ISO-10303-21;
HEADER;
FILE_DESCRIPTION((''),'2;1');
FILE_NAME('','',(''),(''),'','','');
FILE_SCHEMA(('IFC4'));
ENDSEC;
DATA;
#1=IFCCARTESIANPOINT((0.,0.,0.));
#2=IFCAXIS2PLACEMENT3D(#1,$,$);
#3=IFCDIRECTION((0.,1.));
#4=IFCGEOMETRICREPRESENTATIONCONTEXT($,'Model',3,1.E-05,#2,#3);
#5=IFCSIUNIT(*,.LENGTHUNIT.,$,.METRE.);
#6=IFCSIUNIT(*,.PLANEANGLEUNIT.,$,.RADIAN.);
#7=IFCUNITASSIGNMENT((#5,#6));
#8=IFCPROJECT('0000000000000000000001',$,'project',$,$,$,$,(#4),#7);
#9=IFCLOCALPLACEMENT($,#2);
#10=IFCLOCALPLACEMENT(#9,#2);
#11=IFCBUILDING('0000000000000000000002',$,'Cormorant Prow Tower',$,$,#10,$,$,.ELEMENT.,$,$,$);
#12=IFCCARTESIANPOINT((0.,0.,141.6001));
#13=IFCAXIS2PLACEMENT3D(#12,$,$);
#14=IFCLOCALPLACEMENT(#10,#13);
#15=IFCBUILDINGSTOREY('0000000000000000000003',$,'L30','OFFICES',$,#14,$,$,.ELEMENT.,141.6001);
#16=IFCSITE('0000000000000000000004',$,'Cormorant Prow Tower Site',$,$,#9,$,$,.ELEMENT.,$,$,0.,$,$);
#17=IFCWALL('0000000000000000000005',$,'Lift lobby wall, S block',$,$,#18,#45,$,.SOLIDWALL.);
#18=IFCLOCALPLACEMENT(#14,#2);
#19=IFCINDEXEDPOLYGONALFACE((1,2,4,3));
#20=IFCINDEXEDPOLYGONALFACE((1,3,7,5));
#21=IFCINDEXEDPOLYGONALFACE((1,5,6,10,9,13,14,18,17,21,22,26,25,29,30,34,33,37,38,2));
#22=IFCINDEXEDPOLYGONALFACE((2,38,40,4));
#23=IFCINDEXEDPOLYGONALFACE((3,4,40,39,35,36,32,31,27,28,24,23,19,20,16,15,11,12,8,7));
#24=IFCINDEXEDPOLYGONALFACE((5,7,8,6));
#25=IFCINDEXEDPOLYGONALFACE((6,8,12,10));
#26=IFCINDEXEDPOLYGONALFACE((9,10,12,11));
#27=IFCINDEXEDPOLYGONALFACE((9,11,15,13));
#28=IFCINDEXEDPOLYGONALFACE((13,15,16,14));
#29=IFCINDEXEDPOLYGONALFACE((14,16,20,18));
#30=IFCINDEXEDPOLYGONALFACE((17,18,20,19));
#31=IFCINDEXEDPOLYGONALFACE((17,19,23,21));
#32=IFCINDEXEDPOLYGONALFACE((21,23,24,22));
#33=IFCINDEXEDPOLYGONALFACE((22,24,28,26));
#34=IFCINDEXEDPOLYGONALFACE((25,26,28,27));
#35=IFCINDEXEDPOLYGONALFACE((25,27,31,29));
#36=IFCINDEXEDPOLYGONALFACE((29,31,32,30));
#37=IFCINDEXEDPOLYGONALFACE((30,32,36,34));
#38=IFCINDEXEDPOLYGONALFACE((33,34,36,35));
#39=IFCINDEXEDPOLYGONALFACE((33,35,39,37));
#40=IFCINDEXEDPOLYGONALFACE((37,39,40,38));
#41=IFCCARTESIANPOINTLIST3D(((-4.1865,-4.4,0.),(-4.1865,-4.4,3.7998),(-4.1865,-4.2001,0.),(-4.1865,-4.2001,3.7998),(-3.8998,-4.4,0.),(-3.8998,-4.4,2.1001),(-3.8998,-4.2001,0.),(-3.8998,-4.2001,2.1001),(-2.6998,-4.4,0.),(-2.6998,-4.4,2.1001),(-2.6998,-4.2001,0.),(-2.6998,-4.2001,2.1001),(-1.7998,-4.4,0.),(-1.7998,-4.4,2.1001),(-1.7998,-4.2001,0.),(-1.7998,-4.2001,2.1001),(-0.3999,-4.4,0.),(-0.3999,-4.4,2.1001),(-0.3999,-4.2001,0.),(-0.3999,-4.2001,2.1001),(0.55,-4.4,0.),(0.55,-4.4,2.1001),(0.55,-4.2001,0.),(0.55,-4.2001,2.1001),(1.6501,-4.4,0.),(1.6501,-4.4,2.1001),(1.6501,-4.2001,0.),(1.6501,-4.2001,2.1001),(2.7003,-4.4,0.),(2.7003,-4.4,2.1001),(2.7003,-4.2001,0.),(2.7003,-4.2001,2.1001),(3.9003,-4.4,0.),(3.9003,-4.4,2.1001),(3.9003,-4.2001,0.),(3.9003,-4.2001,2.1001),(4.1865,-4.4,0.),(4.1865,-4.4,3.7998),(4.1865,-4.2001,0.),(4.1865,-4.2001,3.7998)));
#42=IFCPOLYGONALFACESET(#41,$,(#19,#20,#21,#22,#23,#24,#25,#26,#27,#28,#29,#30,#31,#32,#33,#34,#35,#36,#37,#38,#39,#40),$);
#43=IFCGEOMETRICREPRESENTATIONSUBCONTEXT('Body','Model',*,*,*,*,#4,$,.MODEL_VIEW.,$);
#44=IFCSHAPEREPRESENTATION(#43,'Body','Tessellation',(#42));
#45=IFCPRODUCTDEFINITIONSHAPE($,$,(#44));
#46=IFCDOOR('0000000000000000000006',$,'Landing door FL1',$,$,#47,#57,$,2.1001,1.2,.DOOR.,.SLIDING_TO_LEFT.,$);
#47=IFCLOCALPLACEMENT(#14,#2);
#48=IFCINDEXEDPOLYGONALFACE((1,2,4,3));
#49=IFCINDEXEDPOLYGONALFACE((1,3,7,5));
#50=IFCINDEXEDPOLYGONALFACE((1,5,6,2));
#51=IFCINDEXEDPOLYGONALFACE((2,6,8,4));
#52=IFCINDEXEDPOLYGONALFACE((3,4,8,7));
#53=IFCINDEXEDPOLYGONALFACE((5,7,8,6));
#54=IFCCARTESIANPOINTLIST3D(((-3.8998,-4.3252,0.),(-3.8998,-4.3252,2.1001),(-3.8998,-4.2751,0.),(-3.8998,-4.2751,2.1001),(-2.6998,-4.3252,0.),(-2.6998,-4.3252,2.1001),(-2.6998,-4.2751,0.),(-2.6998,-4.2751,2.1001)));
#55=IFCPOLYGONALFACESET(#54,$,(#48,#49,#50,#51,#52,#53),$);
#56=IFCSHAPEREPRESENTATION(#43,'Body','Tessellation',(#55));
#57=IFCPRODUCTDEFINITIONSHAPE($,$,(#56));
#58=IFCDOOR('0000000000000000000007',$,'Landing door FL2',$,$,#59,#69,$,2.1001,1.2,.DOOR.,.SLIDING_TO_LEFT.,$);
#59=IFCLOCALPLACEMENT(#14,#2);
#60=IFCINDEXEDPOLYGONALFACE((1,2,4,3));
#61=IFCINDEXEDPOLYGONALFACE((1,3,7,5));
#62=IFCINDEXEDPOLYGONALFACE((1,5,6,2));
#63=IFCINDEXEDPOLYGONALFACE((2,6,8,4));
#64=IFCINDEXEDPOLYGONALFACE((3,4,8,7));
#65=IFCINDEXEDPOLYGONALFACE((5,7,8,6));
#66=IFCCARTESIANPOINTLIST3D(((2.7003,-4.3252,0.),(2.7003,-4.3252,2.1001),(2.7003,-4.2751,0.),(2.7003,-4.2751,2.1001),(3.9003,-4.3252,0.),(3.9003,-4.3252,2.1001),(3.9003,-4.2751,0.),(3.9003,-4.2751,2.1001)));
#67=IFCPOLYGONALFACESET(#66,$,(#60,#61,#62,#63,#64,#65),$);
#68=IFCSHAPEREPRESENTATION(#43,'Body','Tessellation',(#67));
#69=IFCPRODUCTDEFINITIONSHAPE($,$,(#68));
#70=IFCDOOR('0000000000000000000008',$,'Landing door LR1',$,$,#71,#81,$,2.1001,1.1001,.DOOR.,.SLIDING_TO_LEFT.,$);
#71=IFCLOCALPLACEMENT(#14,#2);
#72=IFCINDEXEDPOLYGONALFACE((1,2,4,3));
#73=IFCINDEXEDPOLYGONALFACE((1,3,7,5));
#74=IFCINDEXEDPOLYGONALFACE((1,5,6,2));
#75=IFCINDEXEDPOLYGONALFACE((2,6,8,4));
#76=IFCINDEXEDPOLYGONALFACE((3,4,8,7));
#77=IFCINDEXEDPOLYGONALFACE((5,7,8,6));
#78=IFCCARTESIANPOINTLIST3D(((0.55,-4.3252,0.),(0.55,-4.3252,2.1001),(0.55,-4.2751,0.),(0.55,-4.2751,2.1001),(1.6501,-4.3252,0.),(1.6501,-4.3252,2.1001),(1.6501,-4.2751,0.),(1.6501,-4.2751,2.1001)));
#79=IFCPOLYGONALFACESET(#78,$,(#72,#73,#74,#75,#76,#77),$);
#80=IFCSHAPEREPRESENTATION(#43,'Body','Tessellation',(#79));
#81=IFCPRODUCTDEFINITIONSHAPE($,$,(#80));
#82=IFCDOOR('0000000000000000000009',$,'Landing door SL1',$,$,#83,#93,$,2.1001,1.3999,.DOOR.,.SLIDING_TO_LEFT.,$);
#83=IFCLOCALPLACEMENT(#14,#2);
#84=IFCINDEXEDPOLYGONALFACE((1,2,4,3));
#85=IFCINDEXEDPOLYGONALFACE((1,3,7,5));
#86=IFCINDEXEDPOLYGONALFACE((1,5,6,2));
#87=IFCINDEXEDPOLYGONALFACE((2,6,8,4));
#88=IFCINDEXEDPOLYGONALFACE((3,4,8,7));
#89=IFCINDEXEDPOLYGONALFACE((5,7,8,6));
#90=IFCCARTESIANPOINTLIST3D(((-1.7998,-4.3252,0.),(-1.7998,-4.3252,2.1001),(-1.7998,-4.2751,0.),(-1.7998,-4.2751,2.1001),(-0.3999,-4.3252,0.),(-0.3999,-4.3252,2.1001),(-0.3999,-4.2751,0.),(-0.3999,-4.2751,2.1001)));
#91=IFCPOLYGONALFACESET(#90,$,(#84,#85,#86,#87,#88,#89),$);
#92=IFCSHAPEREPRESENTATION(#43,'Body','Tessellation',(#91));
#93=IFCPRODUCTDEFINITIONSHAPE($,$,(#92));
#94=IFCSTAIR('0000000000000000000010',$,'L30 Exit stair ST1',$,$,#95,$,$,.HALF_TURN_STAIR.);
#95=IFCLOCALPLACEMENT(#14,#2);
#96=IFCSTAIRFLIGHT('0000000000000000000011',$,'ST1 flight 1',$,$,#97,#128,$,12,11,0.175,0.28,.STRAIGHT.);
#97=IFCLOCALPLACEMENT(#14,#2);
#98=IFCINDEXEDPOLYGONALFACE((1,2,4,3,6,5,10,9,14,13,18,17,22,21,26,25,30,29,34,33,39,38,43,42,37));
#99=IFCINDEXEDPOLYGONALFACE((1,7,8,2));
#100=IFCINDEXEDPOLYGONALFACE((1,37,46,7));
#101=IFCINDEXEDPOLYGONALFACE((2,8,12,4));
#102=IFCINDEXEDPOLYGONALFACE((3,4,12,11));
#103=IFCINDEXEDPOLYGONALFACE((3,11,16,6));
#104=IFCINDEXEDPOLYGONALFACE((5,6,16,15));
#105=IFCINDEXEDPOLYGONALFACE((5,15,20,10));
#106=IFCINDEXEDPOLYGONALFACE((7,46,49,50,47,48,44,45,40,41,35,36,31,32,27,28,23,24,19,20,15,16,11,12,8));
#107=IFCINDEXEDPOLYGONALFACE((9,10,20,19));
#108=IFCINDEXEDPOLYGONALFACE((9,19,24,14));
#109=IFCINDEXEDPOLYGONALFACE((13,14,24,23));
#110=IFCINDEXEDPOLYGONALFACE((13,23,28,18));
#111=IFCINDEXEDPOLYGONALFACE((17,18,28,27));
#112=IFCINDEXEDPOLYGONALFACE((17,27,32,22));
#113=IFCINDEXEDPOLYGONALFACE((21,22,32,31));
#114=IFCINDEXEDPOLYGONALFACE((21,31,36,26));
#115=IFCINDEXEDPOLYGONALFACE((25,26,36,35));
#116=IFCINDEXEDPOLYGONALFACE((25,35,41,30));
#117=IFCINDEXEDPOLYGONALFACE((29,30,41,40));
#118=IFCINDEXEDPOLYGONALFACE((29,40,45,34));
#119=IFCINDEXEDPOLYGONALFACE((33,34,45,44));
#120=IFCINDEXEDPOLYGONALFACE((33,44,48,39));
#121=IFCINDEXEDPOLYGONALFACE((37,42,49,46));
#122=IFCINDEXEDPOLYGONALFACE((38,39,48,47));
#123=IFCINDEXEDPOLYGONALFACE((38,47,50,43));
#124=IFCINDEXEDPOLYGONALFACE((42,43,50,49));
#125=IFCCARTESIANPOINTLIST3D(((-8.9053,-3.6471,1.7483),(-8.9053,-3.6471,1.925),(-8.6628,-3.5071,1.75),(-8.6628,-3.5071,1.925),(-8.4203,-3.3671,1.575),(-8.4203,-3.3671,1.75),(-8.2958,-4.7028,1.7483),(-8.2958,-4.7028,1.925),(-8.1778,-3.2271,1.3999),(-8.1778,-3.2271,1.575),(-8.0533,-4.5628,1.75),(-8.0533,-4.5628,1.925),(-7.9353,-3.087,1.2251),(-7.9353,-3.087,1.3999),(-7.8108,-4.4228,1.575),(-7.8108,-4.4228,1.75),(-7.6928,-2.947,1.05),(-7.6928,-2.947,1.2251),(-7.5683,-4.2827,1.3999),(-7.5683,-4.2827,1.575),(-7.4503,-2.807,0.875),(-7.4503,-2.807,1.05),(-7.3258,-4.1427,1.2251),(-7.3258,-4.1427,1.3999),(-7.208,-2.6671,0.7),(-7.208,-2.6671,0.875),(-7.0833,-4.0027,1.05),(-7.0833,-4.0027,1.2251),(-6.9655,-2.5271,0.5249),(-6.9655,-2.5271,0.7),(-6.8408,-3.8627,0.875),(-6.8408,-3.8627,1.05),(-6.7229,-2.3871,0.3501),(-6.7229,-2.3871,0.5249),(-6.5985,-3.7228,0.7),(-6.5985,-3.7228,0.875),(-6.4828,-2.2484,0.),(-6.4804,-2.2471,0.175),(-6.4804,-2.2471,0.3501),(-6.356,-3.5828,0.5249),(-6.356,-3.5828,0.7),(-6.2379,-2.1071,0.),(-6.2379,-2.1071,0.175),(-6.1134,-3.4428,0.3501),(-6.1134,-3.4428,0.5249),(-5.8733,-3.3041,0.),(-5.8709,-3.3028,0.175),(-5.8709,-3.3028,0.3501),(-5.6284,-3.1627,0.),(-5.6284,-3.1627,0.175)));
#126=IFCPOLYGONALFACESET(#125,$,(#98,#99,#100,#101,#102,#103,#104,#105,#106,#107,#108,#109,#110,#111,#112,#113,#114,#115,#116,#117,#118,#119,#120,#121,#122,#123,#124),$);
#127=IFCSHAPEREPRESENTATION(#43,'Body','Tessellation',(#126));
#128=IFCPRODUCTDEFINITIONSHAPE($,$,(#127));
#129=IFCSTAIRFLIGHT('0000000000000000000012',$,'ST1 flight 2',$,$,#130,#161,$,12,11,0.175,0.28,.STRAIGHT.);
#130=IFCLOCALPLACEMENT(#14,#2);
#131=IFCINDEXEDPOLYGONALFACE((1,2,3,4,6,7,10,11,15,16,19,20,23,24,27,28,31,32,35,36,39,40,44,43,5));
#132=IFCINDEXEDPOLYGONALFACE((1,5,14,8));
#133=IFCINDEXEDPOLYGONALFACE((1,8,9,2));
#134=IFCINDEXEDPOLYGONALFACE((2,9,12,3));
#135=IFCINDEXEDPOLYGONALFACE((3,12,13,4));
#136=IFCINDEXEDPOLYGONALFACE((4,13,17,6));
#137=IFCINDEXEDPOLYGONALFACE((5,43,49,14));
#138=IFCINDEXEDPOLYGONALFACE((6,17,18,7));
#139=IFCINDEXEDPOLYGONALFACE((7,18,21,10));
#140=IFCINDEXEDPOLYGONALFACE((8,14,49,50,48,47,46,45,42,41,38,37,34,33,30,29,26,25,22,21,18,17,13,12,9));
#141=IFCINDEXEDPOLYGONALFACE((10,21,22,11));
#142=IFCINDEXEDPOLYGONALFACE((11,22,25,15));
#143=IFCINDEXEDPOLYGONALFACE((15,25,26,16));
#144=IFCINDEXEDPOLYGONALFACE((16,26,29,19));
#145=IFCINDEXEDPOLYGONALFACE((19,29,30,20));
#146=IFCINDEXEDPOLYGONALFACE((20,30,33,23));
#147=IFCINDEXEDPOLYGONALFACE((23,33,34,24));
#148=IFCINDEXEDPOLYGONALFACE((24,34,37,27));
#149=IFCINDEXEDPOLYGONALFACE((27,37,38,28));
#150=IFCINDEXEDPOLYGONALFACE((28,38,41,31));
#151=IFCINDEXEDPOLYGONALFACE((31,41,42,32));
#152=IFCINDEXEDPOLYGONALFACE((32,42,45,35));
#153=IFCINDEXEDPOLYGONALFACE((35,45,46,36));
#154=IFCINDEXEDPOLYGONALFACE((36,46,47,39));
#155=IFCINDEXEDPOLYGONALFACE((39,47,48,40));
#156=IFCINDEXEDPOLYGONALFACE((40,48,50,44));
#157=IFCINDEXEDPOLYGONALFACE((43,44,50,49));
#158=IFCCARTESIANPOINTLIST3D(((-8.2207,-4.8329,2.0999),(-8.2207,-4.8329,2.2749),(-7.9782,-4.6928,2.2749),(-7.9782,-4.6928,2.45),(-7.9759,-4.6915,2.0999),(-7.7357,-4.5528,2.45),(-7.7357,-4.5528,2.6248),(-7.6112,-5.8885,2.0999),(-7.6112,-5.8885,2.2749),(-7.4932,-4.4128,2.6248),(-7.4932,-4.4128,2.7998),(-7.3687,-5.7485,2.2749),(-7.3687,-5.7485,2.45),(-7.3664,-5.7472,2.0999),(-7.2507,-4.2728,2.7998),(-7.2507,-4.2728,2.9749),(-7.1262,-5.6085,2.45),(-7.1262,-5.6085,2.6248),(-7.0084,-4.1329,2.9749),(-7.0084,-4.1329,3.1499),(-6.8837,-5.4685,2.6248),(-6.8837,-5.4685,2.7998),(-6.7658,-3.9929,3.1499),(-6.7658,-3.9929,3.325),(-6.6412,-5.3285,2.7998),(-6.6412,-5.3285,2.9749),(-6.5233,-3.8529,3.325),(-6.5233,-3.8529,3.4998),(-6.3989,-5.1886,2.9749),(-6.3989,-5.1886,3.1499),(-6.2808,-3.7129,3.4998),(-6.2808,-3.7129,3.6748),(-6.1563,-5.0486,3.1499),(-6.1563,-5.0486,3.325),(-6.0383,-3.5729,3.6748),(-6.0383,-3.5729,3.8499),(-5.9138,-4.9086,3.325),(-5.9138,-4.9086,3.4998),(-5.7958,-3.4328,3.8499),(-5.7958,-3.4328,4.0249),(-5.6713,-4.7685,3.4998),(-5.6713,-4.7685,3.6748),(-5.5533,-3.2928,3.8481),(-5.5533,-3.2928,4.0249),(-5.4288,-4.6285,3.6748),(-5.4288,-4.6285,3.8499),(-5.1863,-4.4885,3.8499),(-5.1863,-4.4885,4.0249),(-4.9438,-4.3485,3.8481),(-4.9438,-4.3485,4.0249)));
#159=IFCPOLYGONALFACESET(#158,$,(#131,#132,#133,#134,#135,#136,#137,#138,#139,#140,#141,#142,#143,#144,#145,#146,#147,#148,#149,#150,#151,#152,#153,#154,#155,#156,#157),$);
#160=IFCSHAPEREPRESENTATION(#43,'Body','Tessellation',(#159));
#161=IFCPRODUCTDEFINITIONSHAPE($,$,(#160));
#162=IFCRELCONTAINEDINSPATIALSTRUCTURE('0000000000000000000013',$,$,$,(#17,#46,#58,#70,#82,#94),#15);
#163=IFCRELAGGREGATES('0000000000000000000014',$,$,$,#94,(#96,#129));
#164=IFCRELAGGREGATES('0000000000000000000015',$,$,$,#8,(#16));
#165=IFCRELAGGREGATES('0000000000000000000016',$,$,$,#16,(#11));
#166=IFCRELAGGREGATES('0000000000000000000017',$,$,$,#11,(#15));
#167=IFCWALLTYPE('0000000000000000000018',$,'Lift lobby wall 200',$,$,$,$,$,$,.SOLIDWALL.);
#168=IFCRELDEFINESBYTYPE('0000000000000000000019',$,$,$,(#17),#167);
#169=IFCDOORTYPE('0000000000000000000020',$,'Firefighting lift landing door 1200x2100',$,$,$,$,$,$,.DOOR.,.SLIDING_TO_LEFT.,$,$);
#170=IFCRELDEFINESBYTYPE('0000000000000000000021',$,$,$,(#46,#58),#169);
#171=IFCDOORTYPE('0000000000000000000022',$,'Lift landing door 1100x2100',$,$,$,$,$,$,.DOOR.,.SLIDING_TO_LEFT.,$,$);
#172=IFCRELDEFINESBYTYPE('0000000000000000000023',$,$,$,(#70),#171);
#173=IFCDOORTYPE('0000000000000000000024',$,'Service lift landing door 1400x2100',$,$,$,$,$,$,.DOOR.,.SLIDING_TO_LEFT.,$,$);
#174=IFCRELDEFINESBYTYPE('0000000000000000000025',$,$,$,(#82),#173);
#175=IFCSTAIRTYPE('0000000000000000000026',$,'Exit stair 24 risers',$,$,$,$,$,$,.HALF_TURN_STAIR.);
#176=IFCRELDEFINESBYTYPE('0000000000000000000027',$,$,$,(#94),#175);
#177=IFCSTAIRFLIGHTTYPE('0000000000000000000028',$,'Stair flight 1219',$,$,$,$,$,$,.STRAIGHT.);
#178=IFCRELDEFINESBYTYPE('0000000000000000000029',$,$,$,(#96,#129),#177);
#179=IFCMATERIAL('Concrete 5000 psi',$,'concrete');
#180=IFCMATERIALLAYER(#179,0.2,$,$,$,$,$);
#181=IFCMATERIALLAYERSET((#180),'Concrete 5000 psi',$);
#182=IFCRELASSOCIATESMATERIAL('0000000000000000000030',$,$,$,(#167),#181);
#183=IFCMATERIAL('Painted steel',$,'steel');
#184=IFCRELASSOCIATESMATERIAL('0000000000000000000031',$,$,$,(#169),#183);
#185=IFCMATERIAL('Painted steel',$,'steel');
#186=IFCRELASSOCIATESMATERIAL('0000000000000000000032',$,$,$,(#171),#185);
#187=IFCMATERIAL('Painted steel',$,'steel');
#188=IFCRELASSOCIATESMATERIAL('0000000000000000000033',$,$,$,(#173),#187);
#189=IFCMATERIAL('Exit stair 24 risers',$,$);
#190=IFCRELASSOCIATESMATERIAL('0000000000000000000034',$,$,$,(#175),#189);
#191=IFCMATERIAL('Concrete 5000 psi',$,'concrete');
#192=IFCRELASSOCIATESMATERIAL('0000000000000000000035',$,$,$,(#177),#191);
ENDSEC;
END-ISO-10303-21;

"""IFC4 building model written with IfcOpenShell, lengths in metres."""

from ifc_helpers import new_model, si_unit, direction, frame, frame_2d, origin, place, context, subcontext, project, spatial, polyline, rectangle, outline, extrude, material, layer, layer_set, type_object, element, fill, aggregate, save


model = new_model("IFC4")

# Units and contexts
model_context = context("Model", 3, precision=1e-05, world=origin(), true_north=direction((0.0, 1.0)))
body_context = subcontext(model_context, "Body", "Model", "MODEL_VIEW")
ifc_project = project(units=[si_unit("LENGTHUNIT", "METRE"), si_unit("PLANEANGLEUNIT", "RADIAN")], contexts=[model_context])

# Site, building, storey
site_placement = place(None, origin())
site = spatial("IfcSite", under=ifc_project, at=site_placement, Name="Cormorant Prow Tower Site", CompositionType="ELEMENT", RefElevation=0.0)
building_placement = place(site_placement, origin())
building = spatial("IfcBuilding", under=site, at=building_placement, Name="Cormorant Prow Tower", CompositionType="ELEMENT")
storey_placement = place(building_placement, frame((0.0, 0.0, 141.6001)))
storey = spatial("IfcBuildingStorey", under=building, at=storey_placement, Name="L30", Description="OFFICES", CompositionType="ELEMENT", Elevation=141.6001)

# Wall, openings, doors
ifc_material_1 = material(Name="Concrete 5000 psi", Category="concrete")
ifc_layer_1 = layer(ifc_material_1, 0.2)
ifc_layer_set_1 = layer_set([ifc_layer_1], Name="Concrete 5000 psi")
wall_type_1 = type_object("IfcWallType", Name="Lift lobby wall 200", PredefinedType="SOLIDWALL", material=ifc_layer_set_1)
wall_1_placement = place(storey_placement, frame((-4.1865, -4.3, 0.0), z_axis=(0.0, 0.0, 1.0), x_axis=(1.0, 0.0, 0.0)))
wall_1 = element("IfcWall", 1, at=wall_1_placement, inside=storey, type_object=wall_type_1, Name="Lift lobby wall, S block", PredefinedType="SOLIDWALL", context=body_context, shape_type="SweptSolid", body=[
    extrude(rectangle(XDim=8.373, YDim=0.2, at=frame_2d((4.1865, 0.0))), origin(), (0.0, 0.0, 1.0), 3.7998),
])
opening_1_placement = place(wall_1_placement, frame((0.2866, 0.0, 0.0)))
opening_1 = element("IfcOpeningElement", 2, at=opening_1_placement, cuts=wall_1, PredefinedType="OPENING", context=body_context, shape_type="SweptSolid", body=[
    extrude(rectangle(XDim=1.2, YDim=2.1001, at=frame_2d((0.6001, 1.05))), frame((0.0, 0.1099, 0.0), z_axis=(0.0, -1.0, 0.0), x_axis=(1.0, 0.0, 0.0)), (0.0, 0.0, 1.0), 0.22),
])
opening_2_placement = place(wall_1_placement, frame((2.3867, 0.0, 0.0)))
opening_2 = element("IfcOpeningElement", 3, at=opening_2_placement, cuts=wall_1, PredefinedType="OPENING", context=body_context, shape_type="SweptSolid", body=[
    extrude(rectangle(XDim=1.3999, YDim=2.1001, at=frame_2d((0.7, 1.05))), frame((0.0, 0.1099, 0.0), z_axis=(0.0, -1.0, 0.0), x_axis=(1.0, 0.0, 0.0)), (0.0, 0.0, 1.0), 0.22),
])
opening_3_placement = place(wall_1_placement, frame((4.7366, 0.0, 0.0)))
opening_3 = element("IfcOpeningElement", 4, at=opening_3_placement, cuts=wall_1, PredefinedType="OPENING", context=body_context, shape_type="SweptSolid", body=[
    extrude(rectangle(XDim=1.1001, YDim=2.1001, at=frame_2d((0.55, 1.05))), frame((0.0, 0.1099, 0.0), z_axis=(0.0, -1.0, 0.0), x_axis=(1.0, 0.0, 0.0)), (0.0, 0.0, 1.0), 0.22),
])
opening_4_placement = place(wall_1_placement, frame((6.8867, 0.0, 0.0)))
opening_4 = element("IfcOpeningElement", 5, at=opening_4_placement, cuts=wall_1, PredefinedType="OPENING", context=body_context, shape_type="SweptSolid", body=[
    extrude(rectangle(XDim=1.2, YDim=2.1001, at=frame_2d((0.6001, 1.05))), frame((0.0, 0.1099, 0.0), z_axis=(0.0, -1.0, 0.0), x_axis=(1.0, 0.0, 0.0)), (0.0, 0.0, 1.0), 0.22),
])
ifc_material_2 = material(Name="Painted steel", Category="steel")
door_type_1 = type_object("IfcDoorType", Name="Firefighting lift landing door 1200x2100", OperationType="SLIDING_TO_LEFT", PredefinedType="DOOR", material=ifc_material_2)
door_1_placement = place(opening_1_placement, origin())
door_1 = element("IfcDoor", 6, at=door_1_placement, inside=storey, type_object=door_type_1, Name="Landing door FL1", OperationType="SLIDING_TO_LEFT", OverallHeight=2.1001, OverallWidth=1.2, PredefinedType="DOOR", context=body_context, shape_type="SweptSolid", body=[
    extrude(rectangle(XDim=1.2, YDim=2.1001, at=frame_2d((0.6001, 1.05))), frame((0.0, 0.0249, 0.0), z_axis=(0.0, -1.0, 0.0), x_axis=(1.0, 0.0, 0.0)), (0.0, 0.0, 1.0), 0.05),
])
fill(opening_1, door_1)
door_2_placement = place(opening_4_placement, origin())
door_2 = element("IfcDoor", 7, at=door_2_placement, inside=storey, type_object=door_type_1, Name="Landing door FL2", OperationType="SLIDING_TO_LEFT", OverallHeight=2.1001, OverallWidth=1.2, PredefinedType="DOOR", context=body_context, shape_type="SweptSolid", body=[
    extrude(rectangle(XDim=1.2, YDim=2.1001, at=frame_2d((0.6001, 1.05))), frame((0.0, 0.0249, 0.0), z_axis=(0.0, -1.0, 0.0), x_axis=(1.0, 0.0, 0.0)), (0.0, 0.0, 1.0), 0.05),
])
fill(opening_4, door_2)
ifc_material_3 = material(Name="Painted steel", Category="steel")
door_type_2 = type_object("IfcDoorType", Name="Lift landing door 1100x2100", OperationType="SLIDING_TO_LEFT", PredefinedType="DOOR", material=ifc_material_3)
door_3_placement = place(opening_3_placement, origin())
door_3 = element("IfcDoor", 8, at=door_3_placement, inside=storey, type_object=door_type_2, Name="Landing door LR1", OperationType="SLIDING_TO_LEFT", OverallHeight=2.1001, OverallWidth=1.1001, PredefinedType="DOOR", context=body_context, shape_type="SweptSolid", body=[
    extrude(rectangle(XDim=1.1001, YDim=2.1001, at=frame_2d((0.55, 1.05))), frame((0.0, 0.0249, 0.0), z_axis=(0.0, -1.0, 0.0), x_axis=(1.0, 0.0, 0.0)), (0.0, 0.0, 1.0), 0.05),
])
fill(opening_3, door_3)
ifc_material_4 = material(Name="Painted steel", Category="steel")
door_type_3 = type_object("IfcDoorType", Name="Service lift landing door 1400x2100", OperationType="SLIDING_TO_LEFT", PredefinedType="DOOR", material=ifc_material_4)
door_4_placement = place(opening_2_placement, origin())
door_4 = element("IfcDoor", 9, at=door_4_placement, inside=storey, type_object=door_type_3, Name="Landing door SL1", OperationType="SLIDING_TO_LEFT", OverallHeight=2.1001, OverallWidth=1.3999, PredefinedType="DOOR", context=body_context, shape_type="SweptSolid", body=[
    extrude(rectangle(XDim=1.3999, YDim=2.1001, at=frame_2d((0.7, 1.05))), frame((0.0, 0.0249, 0.0), z_axis=(0.0, -1.0, 0.0), x_axis=(1.0, 0.0, 0.0)), (0.0, 0.0, 1.0), 0.05),
])
fill(opening_2, door_4)

# Stair, stair flights
ifc_material_5 = material(Name="Exit stair 24 risers")
stair_type = type_object("IfcStairType", Name="Exit stair 24 risers", PredefinedType="HALF_TURN_STAIR", material=ifc_material_5)
stair_placement = place(storey_placement, origin())
stair = element("IfcStair", 10, at=stair_placement, inside=storey, type_object=stair_type, Name="L30 Exit stair ST1", PredefinedType="HALF_TURN_STAIR")
ifc_material_6 = material(Name="Concrete 5000 psi", Category="concrete")
stair_flight_type = type_object("IfcStairFlightType", Name="Stair flight 1219", PredefinedType="STRAIGHT", material=ifc_material_6)
stair_flight_1_placement = place(storey_placement, frame((-5.9331, -2.635, 0.0), z_axis=(0.0, 0.0, 1.0), x_axis=(-0.866025, -0.5, 0.0)))
stair_flight_1 = element("IfcStairFlight", 11, at=stair_flight_1_placement, type_object=stair_flight_type, Name="ST1 flight 1", NumberOfRisers=12, NumberOfTreads=11, PredefinedType="STRAIGHT", RiserHeight=0.175, TreadLength=0.28, context=body_context, shape_type="SweptSolid", body=[
    extrude(outline(polyline([(0.0, 0.0), (0.0, 0.175), (0.28, 0.175), (0.28, 0.3501), (0.5601, 0.3501), (0.5601, 0.5249), (0.8401, 0.5249), (0.8401, 0.7), (1.1201, 0.7), (1.1201, 0.875), (1.3999, 0.875), (1.3999, 1.05), (1.6799, 1.05), (1.6799, 1.2251), (1.96, 1.2251), (1.96, 1.3999), (2.24, 1.3999), (2.24, 1.575), (2.52, 1.575), (2.52, 1.75), (2.8, 1.75), (2.8, 1.925), (3.0801, 1.925), (3.0801, 2.1001), (3.0801, 1.7483), (0.2827, 0.0), (0.0, 0.0)])), frame((0.0, 0.6094, 0.0), z_axis=(0.0, -1.0, 0.0), x_axis=(1.0, 0.0, 0.0)), (0.0, 0.0, 1.0), 1.219),
])
stair_flight_2_placement = place(storey_placement, frame((-7.916, -5.3606, 2.0999), z_axis=(0.0, 0.0, 1.0), x_axis=(0.866025, 0.5, 0.0)))
stair_flight_2 = element("IfcStairFlight", 12, at=stair_flight_2_placement, type_object=stair_flight_type, Name="ST1 flight 2", NumberOfRisers=12, NumberOfTreads=11, PredefinedType="STRAIGHT", RiserHeight=0.175, TreadLength=0.28, context=body_context, shape_type="SweptSolid", body=[
    extrude(outline(polyline([(0.0, 0.0), (0.0, 0.175), (0.28, 0.175), (0.28, 0.3501), (0.5601, 0.3501), (0.5601, 0.5249), (0.8401, 0.5249), (0.8401, 0.7), (1.1201, 0.7), (1.1201, 0.875), (1.3999, 0.875), (1.3999, 1.05), (1.6799, 1.05), (1.6799, 1.2251), (1.96, 1.2251), (1.96, 1.3999), (2.24, 1.3999), (2.24, 1.575), (2.52, 1.575), (2.52, 1.75), (2.8, 1.75), (2.8, 1.925), (3.0801, 1.925), (3.0801, 2.1001), (3.0801, 1.7483), (0.2827, 0.0), (0.0, 0.0)])), frame((0.0, 0.6094, 0.0), z_axis=(0.0, -1.0, 0.0), x_axis=(1.0, 0.0, 0.0)), (0.0, 0.0, 1.0), 1.219),
])
aggregate(stair, [stair_flight_1, stair_flight_2])

save(model, "model.ifc")
